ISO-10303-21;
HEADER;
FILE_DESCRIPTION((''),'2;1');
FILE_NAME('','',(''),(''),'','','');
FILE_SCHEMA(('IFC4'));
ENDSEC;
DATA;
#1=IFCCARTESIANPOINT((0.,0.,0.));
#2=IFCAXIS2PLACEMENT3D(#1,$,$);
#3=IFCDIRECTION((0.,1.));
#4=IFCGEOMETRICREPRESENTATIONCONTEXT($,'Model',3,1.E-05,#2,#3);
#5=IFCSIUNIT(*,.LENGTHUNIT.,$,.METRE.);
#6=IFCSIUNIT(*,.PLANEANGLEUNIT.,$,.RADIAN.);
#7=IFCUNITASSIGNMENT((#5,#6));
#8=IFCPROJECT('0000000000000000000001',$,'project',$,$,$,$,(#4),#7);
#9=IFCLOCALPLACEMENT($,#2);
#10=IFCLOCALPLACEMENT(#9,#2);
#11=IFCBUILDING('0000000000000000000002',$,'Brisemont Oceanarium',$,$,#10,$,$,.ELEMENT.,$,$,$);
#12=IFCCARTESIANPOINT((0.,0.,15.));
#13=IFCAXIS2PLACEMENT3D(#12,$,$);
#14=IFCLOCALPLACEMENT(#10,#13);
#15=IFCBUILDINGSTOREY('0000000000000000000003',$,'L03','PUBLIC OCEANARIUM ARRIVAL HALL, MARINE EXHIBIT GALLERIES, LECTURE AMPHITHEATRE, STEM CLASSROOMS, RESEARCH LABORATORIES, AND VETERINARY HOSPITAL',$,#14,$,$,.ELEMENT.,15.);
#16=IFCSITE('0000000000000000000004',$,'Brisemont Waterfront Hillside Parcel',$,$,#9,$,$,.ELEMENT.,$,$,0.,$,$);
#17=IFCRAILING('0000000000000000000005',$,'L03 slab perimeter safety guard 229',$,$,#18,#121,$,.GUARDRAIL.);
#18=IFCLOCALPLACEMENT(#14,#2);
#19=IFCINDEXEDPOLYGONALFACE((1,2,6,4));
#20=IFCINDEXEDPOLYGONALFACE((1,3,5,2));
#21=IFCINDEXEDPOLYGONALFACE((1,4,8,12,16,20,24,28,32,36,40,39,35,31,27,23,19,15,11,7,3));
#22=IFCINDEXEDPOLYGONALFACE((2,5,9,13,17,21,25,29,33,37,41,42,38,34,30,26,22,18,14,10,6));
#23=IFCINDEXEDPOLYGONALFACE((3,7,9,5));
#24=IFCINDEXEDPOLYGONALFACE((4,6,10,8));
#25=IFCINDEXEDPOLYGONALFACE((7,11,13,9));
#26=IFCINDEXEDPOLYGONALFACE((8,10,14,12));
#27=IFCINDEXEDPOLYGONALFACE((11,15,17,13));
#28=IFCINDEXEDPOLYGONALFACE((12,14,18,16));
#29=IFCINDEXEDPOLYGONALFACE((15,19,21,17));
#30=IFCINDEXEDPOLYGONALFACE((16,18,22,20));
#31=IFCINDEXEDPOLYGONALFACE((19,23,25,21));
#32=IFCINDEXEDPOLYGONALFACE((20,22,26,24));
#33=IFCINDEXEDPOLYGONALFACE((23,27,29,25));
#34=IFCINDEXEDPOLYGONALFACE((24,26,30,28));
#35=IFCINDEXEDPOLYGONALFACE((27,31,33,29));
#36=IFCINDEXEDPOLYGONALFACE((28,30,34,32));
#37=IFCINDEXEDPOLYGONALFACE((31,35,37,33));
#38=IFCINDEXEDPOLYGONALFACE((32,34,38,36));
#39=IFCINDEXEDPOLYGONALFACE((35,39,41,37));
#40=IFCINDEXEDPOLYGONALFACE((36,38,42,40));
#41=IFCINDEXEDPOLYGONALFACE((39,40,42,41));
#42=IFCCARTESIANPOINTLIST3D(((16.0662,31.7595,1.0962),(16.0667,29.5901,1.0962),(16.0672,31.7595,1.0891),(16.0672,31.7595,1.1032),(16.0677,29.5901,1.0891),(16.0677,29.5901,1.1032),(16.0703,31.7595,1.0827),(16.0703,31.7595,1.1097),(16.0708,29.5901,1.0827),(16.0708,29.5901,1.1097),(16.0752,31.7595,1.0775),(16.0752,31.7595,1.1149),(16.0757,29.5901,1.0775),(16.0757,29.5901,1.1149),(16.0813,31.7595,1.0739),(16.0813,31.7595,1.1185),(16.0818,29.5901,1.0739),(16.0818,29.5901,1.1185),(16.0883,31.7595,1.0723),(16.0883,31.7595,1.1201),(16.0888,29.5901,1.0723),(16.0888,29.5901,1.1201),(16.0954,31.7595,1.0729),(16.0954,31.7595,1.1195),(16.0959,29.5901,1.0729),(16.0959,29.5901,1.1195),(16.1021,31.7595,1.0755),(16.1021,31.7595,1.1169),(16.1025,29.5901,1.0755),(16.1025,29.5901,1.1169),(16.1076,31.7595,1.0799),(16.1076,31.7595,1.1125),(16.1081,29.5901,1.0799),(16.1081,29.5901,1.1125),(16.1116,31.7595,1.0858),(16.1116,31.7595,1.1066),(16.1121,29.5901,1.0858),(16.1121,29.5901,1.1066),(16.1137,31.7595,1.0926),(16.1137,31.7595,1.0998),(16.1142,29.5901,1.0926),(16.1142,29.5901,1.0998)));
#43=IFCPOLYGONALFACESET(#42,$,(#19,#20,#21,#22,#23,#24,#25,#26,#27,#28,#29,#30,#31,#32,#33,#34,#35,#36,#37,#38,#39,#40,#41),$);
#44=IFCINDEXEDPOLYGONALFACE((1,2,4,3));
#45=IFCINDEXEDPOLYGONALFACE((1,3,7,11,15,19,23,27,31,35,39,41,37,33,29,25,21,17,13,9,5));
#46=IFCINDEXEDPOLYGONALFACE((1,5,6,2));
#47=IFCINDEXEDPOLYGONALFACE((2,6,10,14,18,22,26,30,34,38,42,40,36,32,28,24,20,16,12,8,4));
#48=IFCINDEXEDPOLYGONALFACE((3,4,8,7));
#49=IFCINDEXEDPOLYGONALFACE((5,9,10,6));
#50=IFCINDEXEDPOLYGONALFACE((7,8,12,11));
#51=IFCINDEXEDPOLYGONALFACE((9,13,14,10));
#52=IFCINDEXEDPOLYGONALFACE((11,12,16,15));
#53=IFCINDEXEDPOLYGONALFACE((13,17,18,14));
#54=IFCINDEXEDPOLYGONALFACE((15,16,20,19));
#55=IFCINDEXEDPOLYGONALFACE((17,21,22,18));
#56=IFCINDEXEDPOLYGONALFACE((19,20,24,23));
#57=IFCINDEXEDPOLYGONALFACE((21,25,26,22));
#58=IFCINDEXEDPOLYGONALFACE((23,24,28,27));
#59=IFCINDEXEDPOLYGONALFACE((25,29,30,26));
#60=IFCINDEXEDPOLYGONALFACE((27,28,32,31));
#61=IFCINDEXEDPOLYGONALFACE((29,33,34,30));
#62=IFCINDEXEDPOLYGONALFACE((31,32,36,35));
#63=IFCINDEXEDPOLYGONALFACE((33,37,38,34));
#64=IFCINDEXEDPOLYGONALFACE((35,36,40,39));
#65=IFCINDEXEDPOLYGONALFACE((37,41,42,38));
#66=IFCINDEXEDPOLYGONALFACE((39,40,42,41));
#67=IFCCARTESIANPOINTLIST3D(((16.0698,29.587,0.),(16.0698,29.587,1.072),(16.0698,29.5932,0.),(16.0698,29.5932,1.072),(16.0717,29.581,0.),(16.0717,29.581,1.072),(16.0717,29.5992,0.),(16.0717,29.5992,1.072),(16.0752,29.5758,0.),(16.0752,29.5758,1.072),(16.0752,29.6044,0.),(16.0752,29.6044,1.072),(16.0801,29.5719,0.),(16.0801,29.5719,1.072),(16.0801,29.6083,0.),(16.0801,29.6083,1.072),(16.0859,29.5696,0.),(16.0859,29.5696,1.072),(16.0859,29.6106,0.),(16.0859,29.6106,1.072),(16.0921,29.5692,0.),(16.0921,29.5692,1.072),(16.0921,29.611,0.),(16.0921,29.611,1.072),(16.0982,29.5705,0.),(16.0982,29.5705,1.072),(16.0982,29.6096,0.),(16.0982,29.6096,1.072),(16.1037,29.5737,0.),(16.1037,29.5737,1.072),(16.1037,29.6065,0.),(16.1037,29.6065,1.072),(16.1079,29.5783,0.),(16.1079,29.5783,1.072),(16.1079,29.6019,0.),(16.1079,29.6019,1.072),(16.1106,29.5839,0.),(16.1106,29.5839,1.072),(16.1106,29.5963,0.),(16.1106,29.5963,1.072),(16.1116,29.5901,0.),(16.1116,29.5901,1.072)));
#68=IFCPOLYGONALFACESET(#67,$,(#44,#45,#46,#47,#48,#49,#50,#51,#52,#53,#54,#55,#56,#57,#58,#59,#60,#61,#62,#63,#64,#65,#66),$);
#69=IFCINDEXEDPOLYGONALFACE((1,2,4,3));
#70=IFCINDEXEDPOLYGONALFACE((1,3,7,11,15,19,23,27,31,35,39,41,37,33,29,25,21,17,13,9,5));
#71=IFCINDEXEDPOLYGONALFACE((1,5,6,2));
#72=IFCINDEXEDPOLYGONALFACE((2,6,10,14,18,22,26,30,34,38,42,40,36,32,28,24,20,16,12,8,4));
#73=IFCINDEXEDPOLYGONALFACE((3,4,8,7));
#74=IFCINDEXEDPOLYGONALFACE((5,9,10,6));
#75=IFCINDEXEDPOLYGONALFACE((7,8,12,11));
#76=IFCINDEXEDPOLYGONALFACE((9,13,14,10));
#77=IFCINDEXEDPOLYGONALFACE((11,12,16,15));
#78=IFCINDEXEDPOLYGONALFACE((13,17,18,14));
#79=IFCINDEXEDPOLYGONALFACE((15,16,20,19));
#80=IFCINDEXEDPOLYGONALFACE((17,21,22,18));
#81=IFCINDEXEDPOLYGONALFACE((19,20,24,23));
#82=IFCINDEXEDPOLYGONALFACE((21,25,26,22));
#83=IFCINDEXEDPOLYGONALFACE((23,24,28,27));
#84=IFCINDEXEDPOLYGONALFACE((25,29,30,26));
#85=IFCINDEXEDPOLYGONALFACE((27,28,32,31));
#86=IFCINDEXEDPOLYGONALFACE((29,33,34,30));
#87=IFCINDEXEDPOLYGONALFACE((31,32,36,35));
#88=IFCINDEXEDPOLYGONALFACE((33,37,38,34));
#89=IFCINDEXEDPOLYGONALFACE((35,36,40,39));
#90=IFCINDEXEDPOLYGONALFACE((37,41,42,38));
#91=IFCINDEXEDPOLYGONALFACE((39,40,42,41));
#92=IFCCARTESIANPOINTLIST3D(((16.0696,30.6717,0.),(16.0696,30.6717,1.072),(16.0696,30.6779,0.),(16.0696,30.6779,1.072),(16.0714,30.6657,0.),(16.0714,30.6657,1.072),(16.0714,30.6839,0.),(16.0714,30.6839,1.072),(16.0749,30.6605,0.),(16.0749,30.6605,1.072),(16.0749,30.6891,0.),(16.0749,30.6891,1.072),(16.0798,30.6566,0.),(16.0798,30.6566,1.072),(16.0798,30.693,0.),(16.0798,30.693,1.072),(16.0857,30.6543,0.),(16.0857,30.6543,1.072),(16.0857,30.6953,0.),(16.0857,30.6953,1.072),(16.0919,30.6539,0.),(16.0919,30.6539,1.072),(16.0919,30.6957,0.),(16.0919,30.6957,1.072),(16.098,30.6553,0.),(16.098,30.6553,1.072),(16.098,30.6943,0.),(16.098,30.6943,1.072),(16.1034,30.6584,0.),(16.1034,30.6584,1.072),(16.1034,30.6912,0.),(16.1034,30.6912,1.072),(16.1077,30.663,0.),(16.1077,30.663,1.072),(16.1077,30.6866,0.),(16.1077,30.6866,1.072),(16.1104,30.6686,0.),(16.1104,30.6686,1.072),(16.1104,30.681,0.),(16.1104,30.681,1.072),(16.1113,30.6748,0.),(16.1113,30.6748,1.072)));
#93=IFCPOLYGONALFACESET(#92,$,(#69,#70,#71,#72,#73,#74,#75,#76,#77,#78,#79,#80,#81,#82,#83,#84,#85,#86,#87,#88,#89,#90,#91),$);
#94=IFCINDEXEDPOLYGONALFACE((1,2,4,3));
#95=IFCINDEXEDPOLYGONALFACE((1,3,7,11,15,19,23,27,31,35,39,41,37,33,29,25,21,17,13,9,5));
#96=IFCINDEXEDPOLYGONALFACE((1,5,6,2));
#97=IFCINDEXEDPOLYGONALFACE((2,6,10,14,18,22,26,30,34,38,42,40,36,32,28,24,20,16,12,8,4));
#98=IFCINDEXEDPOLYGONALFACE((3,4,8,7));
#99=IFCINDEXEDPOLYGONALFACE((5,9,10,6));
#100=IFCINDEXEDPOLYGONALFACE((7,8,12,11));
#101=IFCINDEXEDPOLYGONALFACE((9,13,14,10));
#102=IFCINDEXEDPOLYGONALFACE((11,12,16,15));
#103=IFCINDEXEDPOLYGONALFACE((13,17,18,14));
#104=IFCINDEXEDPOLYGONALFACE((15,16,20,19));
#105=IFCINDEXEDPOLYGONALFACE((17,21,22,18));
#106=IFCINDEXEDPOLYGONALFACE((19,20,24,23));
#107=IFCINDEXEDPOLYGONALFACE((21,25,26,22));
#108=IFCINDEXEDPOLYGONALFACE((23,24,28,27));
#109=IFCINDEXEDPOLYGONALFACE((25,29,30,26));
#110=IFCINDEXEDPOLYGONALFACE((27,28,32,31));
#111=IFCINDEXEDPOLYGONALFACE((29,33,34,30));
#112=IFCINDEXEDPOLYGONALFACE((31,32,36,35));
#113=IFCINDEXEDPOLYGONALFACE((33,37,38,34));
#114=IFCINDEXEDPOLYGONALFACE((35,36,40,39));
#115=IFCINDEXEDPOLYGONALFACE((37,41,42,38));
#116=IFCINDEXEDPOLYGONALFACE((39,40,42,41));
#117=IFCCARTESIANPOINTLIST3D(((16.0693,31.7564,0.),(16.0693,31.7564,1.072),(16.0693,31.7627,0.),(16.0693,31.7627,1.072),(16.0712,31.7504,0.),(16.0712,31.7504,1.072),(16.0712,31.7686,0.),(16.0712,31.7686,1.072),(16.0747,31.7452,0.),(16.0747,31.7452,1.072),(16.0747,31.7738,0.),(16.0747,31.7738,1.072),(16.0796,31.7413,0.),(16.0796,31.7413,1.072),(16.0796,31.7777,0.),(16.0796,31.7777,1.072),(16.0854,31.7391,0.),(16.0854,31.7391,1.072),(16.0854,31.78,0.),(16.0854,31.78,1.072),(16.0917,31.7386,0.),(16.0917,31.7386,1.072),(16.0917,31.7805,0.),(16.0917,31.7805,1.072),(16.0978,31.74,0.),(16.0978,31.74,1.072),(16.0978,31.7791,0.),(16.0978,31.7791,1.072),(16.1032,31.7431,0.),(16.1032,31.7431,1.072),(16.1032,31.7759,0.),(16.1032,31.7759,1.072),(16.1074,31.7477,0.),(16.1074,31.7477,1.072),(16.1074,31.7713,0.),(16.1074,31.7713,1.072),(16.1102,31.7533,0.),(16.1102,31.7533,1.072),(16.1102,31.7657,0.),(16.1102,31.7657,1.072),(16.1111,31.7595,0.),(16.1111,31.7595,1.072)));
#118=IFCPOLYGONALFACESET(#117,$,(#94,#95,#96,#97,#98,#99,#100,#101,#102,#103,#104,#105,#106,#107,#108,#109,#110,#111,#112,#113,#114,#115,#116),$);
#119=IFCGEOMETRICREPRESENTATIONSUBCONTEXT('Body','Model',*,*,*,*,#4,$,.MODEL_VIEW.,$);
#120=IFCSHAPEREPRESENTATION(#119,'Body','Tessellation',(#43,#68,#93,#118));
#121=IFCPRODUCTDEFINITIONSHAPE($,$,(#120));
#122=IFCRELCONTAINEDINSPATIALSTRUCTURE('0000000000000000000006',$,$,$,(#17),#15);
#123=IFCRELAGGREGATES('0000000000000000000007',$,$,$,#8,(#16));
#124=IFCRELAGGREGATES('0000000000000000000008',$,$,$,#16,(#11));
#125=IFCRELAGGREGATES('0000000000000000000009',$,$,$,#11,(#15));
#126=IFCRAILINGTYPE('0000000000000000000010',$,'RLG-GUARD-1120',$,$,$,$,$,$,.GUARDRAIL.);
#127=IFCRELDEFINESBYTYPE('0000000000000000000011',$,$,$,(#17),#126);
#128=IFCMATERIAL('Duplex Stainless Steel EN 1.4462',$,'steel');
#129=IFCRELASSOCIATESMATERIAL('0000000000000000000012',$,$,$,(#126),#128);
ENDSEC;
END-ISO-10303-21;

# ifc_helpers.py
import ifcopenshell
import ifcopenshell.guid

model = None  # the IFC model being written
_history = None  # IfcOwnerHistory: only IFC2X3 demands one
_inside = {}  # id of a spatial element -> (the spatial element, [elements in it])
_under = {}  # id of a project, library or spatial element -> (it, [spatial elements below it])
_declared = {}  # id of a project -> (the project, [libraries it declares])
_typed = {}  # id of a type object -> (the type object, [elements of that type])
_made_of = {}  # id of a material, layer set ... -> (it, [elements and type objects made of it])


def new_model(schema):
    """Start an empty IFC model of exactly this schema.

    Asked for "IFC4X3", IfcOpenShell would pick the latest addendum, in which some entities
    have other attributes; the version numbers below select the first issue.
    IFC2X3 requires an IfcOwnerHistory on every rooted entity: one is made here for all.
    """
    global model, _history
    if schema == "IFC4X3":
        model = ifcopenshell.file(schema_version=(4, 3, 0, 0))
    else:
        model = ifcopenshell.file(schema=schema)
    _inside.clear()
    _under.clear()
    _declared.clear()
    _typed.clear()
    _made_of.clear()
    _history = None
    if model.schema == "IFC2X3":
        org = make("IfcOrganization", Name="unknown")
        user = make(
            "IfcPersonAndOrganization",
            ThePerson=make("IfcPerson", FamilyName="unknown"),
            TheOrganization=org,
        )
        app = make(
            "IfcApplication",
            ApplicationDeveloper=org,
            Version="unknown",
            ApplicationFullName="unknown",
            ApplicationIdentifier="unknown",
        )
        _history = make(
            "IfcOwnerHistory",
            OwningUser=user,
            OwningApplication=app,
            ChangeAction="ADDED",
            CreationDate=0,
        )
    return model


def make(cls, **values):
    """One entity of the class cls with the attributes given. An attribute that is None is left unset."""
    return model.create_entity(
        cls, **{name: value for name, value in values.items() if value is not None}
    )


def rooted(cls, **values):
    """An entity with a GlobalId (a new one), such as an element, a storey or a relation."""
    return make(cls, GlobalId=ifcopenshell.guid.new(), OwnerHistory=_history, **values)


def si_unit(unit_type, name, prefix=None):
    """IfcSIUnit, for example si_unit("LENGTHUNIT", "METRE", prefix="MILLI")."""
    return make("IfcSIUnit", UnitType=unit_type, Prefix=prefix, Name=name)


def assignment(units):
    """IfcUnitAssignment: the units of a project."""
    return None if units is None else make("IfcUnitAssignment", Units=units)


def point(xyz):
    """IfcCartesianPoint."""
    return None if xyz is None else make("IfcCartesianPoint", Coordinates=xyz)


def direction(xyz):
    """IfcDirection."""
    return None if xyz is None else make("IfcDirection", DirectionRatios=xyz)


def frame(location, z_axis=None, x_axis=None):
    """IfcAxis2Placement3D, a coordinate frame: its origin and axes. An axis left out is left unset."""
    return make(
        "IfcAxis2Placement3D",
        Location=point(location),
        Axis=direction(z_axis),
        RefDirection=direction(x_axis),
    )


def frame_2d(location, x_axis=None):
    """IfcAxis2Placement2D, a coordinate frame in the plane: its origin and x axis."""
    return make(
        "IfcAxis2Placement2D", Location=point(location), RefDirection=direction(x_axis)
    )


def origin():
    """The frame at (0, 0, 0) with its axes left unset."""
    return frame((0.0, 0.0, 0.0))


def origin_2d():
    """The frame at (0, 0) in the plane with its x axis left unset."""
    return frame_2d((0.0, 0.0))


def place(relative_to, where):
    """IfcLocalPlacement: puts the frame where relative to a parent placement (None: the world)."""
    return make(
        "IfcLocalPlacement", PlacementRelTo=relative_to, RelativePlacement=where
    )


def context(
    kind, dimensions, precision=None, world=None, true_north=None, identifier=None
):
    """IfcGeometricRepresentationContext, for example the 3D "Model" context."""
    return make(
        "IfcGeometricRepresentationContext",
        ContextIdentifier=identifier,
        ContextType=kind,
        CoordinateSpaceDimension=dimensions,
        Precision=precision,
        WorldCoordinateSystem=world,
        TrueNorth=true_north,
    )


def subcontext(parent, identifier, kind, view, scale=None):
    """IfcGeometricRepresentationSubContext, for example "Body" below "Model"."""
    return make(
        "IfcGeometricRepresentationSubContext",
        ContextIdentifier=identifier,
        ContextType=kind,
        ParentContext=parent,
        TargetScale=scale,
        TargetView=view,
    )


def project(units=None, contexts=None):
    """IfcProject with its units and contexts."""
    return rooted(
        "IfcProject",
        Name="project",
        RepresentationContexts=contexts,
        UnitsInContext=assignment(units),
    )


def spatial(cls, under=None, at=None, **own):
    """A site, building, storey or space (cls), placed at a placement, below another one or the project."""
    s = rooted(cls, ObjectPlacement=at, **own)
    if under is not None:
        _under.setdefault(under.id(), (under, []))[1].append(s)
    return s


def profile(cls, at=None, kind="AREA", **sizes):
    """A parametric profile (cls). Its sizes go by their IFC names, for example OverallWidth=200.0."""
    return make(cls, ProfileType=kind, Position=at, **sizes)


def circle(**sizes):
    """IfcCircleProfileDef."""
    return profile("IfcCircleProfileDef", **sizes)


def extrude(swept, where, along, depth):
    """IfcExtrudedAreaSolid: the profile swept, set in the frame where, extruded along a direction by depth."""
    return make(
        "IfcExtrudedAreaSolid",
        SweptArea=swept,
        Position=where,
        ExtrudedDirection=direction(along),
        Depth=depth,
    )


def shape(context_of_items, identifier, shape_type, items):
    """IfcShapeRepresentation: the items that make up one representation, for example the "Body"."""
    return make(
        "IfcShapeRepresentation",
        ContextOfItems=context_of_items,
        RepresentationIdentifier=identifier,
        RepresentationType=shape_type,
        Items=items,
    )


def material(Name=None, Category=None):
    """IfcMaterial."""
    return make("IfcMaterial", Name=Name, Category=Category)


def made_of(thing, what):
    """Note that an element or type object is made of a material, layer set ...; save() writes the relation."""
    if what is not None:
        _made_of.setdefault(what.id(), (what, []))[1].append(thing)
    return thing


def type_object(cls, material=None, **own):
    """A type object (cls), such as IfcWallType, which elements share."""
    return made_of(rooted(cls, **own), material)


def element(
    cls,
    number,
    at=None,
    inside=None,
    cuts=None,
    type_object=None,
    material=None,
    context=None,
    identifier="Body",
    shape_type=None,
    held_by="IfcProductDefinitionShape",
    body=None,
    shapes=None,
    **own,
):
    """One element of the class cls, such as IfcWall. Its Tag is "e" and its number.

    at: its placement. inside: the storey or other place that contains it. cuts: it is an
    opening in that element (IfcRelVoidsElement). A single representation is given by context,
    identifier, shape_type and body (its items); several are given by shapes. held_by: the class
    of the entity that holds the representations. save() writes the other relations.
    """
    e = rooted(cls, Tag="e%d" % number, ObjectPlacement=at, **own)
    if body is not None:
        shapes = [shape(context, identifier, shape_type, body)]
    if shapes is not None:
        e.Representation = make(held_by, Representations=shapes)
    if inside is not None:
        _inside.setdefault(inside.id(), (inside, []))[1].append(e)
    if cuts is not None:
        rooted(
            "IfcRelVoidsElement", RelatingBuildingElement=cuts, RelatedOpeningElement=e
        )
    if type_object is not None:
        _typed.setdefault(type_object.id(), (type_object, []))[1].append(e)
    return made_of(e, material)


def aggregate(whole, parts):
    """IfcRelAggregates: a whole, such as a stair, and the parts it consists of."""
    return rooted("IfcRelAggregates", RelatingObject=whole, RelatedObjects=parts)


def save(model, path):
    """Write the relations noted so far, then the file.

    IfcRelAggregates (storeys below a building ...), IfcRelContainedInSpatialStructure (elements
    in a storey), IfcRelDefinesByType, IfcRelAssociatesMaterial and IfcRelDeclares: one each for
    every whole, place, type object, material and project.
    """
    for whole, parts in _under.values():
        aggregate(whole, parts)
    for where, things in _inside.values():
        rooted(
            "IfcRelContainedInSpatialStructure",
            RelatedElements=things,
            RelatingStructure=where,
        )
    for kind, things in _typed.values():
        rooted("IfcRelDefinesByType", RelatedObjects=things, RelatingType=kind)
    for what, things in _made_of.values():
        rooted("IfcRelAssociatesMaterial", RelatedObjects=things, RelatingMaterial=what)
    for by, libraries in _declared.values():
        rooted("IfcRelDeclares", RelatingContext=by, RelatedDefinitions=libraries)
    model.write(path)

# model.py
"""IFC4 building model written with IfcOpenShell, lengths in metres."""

from ifc_helpers import new_model, si_unit, direction, frame, origin, origin_2d, place, context, subcontext, project, spatial, circle, extrude, material, type_object, element, save


model = new_model("IFC4")

# Units and contexts
model_context = context("Model", 3, precision=1e-05, world=origin(), true_north=direction((0.0, 1.0)))
body_context = subcontext(model_context, "Body", "Model", "MODEL_VIEW")
ifc_project = project(units=[si_unit("LENGTHUNIT", "METRE"), si_unit("PLANEANGLEUNIT", "RADIAN")], contexts=[model_context])

# Site, building, storey
site_placement = place(None, origin())
site = spatial("IfcSite", under=ifc_project, at=site_placement, Name="Brisemont Waterfront Hillside Parcel", CompositionType="ELEMENT", RefElevation=0.0)
building_placement = place(site_placement, origin())
building = spatial("IfcBuilding", under=site, at=building_placement, Name="Brisemont Oceanarium", CompositionType="ELEMENT")
storey_placement = place(building_placement, frame((0.0, 0.0, 15.0)))
storey = spatial("IfcBuildingStorey", under=building, at=storey_placement, Name="L03", Description="PUBLIC OCEANARIUM ARRIVAL HALL, MARINE EXHIBIT GALLERIES, LECTURE AMPHITHEATRE, STEM CLASSROOMS, RESEARCH LABORATORIES, AND VETERINARY HOSPITAL", CompositionType="ELEMENT", Elevation=15.0)

# Railing
ifc_material_1 = material(Name="Duplex Stainless Steel EN 1.4462", Category="steel")
railing_type = type_object("IfcRailingType", Name="RLG-GUARD-1120", PredefinedType="GUARDRAIL", material=ifc_material_1)
railing_1_placement = place(storey_placement, frame((16.0906, 29.5901, 0.0)))
element("IfcRailing", 1, at=railing_1_placement, inside=storey, type_object=railing_type, Name="L03 slab perimeter safety guard 229", PredefinedType="GUARDRAIL", context=body_context, shape_type="SweptSolid", body=[
    extrude(circle(Radius=0.0239, at=origin_2d()), frame((0.0, 0.0, 1.0962), z_axis=(-0.000225, 1.0, 0.0), x_axis=(-1.0, -0.000225, 0.0)), (0.0, 0.0, 1.0), 2.1694),
    extrude(circle(Radius=0.021, at=origin_2d()), origin(), (0.0, 0.0, 1.0), 1.072),
    extrude(circle(Radius=0.021, at=origin_2d()), frame((-0.0002, 1.0847, 0.0)), (0.0, 0.0, 1.0), 1.072),
    extrude(circle(Radius=0.021, at=origin_2d()), frame((-0.0005, 2.1694, 0.0)), (0.0, 0.0, 1.0), 1.072),
])

save(model, "model.ifc")
